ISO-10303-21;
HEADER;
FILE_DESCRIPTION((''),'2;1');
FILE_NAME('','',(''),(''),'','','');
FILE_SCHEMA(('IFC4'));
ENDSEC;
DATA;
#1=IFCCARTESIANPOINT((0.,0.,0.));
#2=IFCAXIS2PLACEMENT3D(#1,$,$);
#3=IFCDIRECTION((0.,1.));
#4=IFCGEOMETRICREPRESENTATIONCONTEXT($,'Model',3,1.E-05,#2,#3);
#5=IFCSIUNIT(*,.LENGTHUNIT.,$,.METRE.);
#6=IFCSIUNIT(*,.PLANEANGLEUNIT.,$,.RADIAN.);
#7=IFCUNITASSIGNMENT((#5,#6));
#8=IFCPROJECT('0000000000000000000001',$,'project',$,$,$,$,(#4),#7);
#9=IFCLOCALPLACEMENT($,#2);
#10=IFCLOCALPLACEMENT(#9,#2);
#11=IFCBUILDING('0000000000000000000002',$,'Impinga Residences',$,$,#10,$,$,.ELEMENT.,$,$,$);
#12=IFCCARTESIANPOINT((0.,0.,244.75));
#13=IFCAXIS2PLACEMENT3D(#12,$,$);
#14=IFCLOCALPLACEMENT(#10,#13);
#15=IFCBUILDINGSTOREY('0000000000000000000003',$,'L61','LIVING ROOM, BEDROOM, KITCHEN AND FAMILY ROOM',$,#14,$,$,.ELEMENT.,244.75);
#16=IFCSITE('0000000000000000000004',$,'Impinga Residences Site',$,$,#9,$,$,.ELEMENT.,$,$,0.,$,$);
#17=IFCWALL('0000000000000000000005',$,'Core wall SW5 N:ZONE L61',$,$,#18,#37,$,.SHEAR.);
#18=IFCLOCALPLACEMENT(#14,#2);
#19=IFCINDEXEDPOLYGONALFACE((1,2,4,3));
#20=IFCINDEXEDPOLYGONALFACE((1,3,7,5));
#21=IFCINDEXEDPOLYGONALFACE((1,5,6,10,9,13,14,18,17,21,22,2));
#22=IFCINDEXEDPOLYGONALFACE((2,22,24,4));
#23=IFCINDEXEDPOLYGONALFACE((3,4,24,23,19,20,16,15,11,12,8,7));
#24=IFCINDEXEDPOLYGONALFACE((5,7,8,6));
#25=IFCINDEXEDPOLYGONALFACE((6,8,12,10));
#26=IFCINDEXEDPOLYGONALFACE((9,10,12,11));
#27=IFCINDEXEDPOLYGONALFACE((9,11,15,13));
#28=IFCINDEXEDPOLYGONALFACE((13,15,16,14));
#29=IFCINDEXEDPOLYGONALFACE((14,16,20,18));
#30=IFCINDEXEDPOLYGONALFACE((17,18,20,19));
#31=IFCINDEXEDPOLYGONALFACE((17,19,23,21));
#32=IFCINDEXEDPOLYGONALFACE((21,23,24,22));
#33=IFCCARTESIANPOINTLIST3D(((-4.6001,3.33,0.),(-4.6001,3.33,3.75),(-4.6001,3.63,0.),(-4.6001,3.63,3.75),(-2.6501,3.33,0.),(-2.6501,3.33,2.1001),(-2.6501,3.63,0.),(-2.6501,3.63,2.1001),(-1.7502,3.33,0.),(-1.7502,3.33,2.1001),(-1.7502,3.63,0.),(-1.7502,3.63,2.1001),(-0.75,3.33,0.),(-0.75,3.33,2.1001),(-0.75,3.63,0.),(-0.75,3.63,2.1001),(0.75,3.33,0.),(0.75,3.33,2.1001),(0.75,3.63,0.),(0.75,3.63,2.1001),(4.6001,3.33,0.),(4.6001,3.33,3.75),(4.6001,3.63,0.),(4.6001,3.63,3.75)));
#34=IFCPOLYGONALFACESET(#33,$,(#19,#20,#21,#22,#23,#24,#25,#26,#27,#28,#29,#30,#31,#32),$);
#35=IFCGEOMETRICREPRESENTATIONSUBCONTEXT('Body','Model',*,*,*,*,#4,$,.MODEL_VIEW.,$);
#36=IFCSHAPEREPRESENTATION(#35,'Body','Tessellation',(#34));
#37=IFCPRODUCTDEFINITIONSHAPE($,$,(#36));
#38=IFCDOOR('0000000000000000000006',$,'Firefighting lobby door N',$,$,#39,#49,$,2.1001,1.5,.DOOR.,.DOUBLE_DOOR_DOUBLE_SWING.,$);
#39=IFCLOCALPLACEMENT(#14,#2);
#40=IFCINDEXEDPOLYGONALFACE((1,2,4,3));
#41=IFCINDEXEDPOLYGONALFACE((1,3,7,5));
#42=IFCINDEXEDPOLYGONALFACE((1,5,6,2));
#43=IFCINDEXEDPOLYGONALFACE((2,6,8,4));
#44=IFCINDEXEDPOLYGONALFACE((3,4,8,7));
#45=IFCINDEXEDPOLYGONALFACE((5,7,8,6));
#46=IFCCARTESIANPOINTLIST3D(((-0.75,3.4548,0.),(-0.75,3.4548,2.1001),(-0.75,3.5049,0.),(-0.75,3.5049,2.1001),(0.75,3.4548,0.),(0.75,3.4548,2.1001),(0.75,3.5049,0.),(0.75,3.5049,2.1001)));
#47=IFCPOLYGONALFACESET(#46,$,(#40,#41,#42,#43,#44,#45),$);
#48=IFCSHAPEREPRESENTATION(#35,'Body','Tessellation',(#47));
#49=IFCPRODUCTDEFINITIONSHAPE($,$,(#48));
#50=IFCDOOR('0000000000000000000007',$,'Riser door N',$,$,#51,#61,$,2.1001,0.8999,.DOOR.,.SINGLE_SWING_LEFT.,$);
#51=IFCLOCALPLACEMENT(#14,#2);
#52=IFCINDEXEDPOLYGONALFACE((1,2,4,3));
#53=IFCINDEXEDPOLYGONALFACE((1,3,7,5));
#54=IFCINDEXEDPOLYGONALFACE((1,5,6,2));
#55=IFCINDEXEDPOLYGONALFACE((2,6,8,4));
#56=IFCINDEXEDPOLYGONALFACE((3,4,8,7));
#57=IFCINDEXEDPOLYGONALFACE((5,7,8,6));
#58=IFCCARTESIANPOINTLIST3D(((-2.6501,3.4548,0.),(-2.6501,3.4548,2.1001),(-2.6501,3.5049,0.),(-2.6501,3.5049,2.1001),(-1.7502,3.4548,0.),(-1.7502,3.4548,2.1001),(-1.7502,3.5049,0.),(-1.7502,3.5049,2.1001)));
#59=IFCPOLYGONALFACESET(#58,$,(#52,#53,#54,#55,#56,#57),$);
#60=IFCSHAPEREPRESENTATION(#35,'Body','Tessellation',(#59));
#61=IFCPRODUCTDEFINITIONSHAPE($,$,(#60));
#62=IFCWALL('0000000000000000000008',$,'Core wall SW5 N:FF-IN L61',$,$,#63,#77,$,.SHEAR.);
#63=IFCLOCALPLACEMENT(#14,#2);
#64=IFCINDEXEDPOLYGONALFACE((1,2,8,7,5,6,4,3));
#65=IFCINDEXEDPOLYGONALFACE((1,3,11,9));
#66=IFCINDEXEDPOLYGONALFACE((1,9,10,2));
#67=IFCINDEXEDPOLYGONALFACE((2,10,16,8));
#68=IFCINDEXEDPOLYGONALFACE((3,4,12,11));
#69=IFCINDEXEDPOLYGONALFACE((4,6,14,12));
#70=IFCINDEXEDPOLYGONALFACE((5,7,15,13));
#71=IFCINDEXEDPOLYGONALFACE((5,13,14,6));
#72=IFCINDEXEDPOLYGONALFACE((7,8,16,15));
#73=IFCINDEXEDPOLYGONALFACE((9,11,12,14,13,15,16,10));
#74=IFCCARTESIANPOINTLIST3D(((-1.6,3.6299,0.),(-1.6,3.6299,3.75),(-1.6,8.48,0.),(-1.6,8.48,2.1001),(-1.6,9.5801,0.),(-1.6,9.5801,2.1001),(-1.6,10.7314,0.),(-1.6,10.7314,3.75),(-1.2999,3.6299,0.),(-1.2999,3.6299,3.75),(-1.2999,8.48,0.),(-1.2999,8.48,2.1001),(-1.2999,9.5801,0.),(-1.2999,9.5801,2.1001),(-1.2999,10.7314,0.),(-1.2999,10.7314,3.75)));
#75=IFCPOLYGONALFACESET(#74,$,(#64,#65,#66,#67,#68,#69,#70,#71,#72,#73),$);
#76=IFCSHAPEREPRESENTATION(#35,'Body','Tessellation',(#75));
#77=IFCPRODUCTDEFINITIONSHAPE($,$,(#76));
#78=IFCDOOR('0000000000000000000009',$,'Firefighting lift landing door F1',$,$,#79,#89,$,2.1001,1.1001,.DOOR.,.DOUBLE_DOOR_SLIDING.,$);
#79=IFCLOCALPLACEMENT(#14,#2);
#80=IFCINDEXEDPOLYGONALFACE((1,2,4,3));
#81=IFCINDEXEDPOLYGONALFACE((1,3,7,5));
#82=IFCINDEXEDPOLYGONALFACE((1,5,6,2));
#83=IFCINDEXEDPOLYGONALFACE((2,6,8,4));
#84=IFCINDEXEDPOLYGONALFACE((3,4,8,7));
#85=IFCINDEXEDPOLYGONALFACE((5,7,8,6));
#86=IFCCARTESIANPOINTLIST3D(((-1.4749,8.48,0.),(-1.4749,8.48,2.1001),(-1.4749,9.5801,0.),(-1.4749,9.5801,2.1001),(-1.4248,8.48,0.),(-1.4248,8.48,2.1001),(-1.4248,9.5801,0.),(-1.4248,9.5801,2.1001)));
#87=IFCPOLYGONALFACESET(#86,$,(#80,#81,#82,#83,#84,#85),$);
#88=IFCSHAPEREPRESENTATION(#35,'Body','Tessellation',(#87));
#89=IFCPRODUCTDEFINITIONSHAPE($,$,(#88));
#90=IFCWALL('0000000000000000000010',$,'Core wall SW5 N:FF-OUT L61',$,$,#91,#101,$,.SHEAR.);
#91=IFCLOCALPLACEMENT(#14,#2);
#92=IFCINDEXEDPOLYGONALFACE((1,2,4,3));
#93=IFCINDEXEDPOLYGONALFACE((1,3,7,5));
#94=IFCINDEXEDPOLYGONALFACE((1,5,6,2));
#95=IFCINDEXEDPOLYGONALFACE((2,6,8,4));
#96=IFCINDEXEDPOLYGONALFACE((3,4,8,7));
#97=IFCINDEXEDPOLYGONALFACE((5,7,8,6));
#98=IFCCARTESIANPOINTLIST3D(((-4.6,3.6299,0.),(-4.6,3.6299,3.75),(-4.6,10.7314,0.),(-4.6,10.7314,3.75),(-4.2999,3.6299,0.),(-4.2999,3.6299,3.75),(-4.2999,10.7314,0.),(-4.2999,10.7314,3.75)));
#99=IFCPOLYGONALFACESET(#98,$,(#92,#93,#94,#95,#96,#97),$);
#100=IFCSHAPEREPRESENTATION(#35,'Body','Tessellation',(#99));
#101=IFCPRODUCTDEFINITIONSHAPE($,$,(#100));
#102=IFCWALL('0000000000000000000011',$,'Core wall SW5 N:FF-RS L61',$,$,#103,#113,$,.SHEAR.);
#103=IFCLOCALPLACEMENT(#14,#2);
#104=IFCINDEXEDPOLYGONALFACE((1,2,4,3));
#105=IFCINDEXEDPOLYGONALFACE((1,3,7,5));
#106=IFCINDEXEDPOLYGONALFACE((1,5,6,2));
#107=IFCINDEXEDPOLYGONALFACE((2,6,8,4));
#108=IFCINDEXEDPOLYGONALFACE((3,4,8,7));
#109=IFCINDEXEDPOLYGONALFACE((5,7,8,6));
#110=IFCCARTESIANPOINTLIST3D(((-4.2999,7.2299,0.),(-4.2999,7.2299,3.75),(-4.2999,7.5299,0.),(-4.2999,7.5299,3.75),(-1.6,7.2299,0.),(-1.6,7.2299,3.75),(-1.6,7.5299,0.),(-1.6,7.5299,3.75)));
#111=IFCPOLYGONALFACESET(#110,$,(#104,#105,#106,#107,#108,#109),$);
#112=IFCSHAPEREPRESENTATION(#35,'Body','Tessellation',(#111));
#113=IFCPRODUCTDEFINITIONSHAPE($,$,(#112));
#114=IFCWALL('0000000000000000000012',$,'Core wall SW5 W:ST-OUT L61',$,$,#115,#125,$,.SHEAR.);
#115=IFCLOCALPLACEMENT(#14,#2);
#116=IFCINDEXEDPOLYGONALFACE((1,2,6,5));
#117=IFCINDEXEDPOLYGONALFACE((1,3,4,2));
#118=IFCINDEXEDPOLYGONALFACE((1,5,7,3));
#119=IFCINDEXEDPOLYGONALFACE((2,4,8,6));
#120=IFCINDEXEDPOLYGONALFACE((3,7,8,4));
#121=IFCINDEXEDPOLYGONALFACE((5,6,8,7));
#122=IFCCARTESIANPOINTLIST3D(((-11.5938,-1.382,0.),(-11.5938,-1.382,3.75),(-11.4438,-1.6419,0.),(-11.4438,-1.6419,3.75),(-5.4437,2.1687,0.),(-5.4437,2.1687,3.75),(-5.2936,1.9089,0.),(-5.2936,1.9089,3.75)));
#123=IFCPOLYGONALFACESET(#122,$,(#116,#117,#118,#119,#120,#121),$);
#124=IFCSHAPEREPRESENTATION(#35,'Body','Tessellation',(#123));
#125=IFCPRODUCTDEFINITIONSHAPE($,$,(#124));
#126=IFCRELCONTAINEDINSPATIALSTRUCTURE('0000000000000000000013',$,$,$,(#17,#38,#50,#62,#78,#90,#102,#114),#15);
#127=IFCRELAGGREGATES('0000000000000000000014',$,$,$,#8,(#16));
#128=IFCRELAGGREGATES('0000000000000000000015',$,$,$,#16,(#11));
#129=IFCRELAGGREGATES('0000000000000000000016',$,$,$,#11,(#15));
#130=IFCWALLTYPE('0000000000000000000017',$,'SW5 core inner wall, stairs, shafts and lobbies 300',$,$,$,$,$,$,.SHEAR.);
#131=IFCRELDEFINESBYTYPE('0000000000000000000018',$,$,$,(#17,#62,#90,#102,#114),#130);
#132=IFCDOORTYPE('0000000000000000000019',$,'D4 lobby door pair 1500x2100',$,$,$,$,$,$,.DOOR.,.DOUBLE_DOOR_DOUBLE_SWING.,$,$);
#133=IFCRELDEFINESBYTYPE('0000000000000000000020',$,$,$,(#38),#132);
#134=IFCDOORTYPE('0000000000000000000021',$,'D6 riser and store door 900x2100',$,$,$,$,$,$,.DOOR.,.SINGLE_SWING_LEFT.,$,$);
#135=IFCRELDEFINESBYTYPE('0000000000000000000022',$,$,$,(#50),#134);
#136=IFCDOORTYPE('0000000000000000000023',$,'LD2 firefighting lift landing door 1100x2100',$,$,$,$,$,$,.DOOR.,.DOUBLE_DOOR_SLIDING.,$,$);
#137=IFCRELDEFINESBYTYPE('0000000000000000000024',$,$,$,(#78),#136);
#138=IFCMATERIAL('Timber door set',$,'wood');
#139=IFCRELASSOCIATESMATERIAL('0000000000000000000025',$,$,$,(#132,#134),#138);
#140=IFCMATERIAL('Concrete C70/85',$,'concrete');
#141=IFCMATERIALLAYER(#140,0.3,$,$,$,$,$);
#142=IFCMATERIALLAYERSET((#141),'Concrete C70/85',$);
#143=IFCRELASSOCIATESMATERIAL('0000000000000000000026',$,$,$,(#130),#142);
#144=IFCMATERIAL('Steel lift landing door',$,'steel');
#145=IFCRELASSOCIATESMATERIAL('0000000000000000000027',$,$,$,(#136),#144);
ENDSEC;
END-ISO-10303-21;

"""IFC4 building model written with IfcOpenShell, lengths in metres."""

from ifc_helpers import new_model, si_unit, direction, frame, frame_2d, origin, place, context, subcontext, project, spatial, rectangle, extrude, material, layer, layer_set, type_object, element, fill, save


model = new_model("IFC4")

# Units and contexts
model_context = context("Model", 3, precision=1e-05, world=origin(), true_north=direction((0.0, 1.0)))
body_context = subcontext(model_context, "Body", "Model", "MODEL_VIEW")
ifc_project = project(units=[si_unit("LENGTHUNIT", "METRE"), si_unit("PLANEANGLEUNIT", "RADIAN")], contexts=[model_context])

# Site, building, storey
site_placement = place(None, origin())
site = spatial("IfcSite", under=ifc_project, at=site_placement, Name="Impinga Residences Site", CompositionType="ELEMENT", RefElevation=0.0)
building_placement = place(site_placement, origin())
building = spatial("IfcBuilding", under=site, at=building_placement, Name="Impinga Residences", CompositionType="ELEMENT")
storey_placement = place(building_placement, frame((0.0, 0.0, 244.75)))
storey = spatial("IfcBuildingStorey", under=building, at=storey_placement, Name="L61", Description="LIVING ROOM, BEDROOM, KITCHEN AND FAMILY ROOM", CompositionType="ELEMENT", Elevation=244.75)

# Shared definitions
ifc_material_1 = material(Name="Timber door set", Category="wood")

# Shared definitions
door_type_1 = type_object("IfcDoorType", Name="D4 lobby door pair 1500x2100", OperationType="DOUBLE_DOOR_DOUBLE_SWING", PredefinedType="DOOR", material=ifc_material_1)

# Wall, openings, doors
ifc_material_2 = material(Name="Concrete C70/85", Category="concrete")
ifc_layer_1 = layer(ifc_material_2, 0.3)
ifc_layer_set_1 = layer_set([ifc_layer_1], Name="Concrete C70/85")
wall_type_1 = type_object("IfcWallType", Name="SW5 core inner wall, stairs, shafts and lobbies 300", PredefinedType="SHEAR", material=ifc_layer_set_1)
wall_1_placement = place(storey_placement, frame((-4.6001, 3.48, 0.0), z_axis=(0.0, 0.0, 1.0), x_axis=(1.0, 0.0, 0.0)))
wall_1 = element("IfcWall", 1, at=wall_1_placement, inside=storey, type_object=wall_type_1, Name="Core wall SW5 N:ZONE L61", PredefinedType="SHEAR", context=body_context, shape_type="SweptSolid", body=[
    extrude(rectangle(XDim=9.2002, YDim=0.3, at=frame_2d((4.6001, 0.0))), origin(), (0.0, 0.0, 1.0), 3.75),
])
opening_1_placement = place(wall_1_placement, frame((3.8501, 0.0, 0.0)))
opening_1 = element("IfcOpeningElement", 2, at=opening_1_placement, cuts=wall_1, PredefinedType="OPENING", context=body_context, shape_type="SweptSolid", body=[
    extrude(rectangle(XDim=1.5, YDim=2.1001, at=frame_2d((0.75, 1.05))), frame((0.0, 0.1599, 0.0), z_axis=(0.0, -1.0, 0.0), x_axis=(1.0, 0.0, 0.0)), (0.0, 0.0, 1.0), 0.3201),
])
opening_2_placement = place(wall_1_placement, frame((1.95, 0.0, 0.0)))
opening_2 = element("IfcOpeningElement", 3, at=opening_2_placement, cuts=wall_1, PredefinedType="OPENING", context=body_context, shape_type="SweptSolid", body=[
    extrude(rectangle(XDim=0.8999, YDim=2.1001, at=frame_2d((0.45, 1.05))), frame((0.0, 0.1599, 0.0), z_axis=(0.0, -1.0, 0.0), x_axis=(1.0, 0.0, 0.0)), (0.0, 0.0, 1.0), 0.3201),
])
door_1_placement = place(opening_1_placement, origin())
door_1 = element("IfcDoor", 4, at=door_1_placement, inside=storey, type_object=door_type_1, Name="Firefighting lobby door N", OperationType="DOUBLE_DOOR_DOUBLE_SWING", OverallHeight=2.1001, OverallWidth=1.5, PredefinedType="DOOR", context=body_context, shape_type="SweptSolid", body=[
    extrude(rectangle(XDim=1.5, YDim=2.1001, at=frame_2d((0.75, 1.05))), frame((0.0, 0.0249, 0.0), z_axis=(0.0, -1.0, 0.0), x_axis=(1.0, 0.0, 0.0)), (0.0, 0.0, 1.0), 0.05),
])
fill(opening_1, door_1)
door_type_2 = type_object("IfcDoorType", Name="D6 riser and store door 900x2100", OperationType="SINGLE_SWING_LEFT", PredefinedType="DOOR", material=ifc_material_1)
door_2_placement = place(opening_2_placement, origin())
door_2 = element("IfcDoor", 5, at=door_2_placement, inside=storey, type_object=door_type_2, Name="Riser door N", OperationType="SINGLE_SWING_LEFT", OverallHeight=2.1001, OverallWidth=0.8999, PredefinedType="DOOR", context=body_context, shape_type="SweptSolid", body=[
    extrude(rectangle(XDim=0.8999, YDim=2.1001, at=frame_2d((0.45, 1.05))), frame((0.0, 0.0249, 0.0), z_axis=(0.0, -1.0, 0.0), x_axis=(1.0, 0.0, 0.0)), (0.0, 0.0, 1.0), 0.05),
])
fill(opening_2, door_2)

# Wall, opening, door
wall_2_placement = place(storey_placement, frame((-1.45, 3.6299, 0.0), z_axis=(0.0, 0.0, 1.0), x_axis=(0.0, 1.0, 0.0)))
wall_2 = element("IfcWall", 6, at=wall_2_placement, inside=storey, type_object=wall_type_1, Name="Core wall SW5 N:FF-IN L61", PredefinedType="SHEAR", context=body_context, shape_type="SweptSolid", body=[
    extrude(rectangle(XDim=7.1016, YDim=0.3, at=frame_2d((3.5508, 0.0))), origin(), (0.0, 0.0, 1.0), 3.75),
])
opening_3_placement = place(wall_2_placement, frame((4.8501, 0.0, 0.0)))
opening_3 = element("IfcOpeningElement", 7, at=opening_3_placement, cuts=wall_2, PredefinedType="OPENING", context=body_context, shape_type="SweptSolid", body=[
    extrude(rectangle(XDim=1.1001, YDim=2.1001, at=frame_2d((0.55, 1.05))), frame((0.0, 0.1599, 0.0), z_axis=(0.0, -1.0, 0.0), x_axis=(1.0, 0.0, 0.0)), (0.0, 0.0, 1.0), 0.3201),
])
ifc_material_3 = material(Name="Steel lift landing door", Category="steel")
door_type_3 = type_object("IfcDoorType", Name="LD2 firefighting lift landing door 1100x2100", OperationType="DOUBLE_DOOR_SLIDING", PredefinedType="DOOR", material=ifc_material_3)
door_3_placement = place(opening_3_placement, origin())
door_3 = element("IfcDoor", 8, at=door_3_placement, inside=storey, type_object=door_type_3, Name="Firefighting lift landing door F1", OperationType="DOUBLE_DOOR_SLIDING", OverallHeight=2.1001, OverallWidth=1.1001, PredefinedType="DOOR", context=body_context, shape_type="SweptSolid", body=[
    extrude(rectangle(XDim=1.1001, YDim=2.1001, at=frame_2d((0.55, 1.05))), frame((0.0, 0.0249, 0.0), z_axis=(0.0, -1.0, 0.0), x_axis=(1.0, 0.0, 0.0)), (0.0, 0.0, 1.0), 0.05),
])
fill(opening_3, door_3)

# Walls
wall_3_placement = place(storey_placement, frame((-4.45, 3.6299, 0.0), z_axis=(0.0, 0.0, 1.0), x_axis=(0.0, 1.0, 0.0)))
element("IfcWall", 9, at=wall_3_placement, inside=storey, type_object=wall_type_1, Name="Core wall SW5 N:FF-OUT L61", PredefinedType="SHEAR", context=body_context, shape_type="SweptSolid", body=[
    extrude(rectangle(XDim=7.1016, YDim=0.3, at=frame_2d((3.5508, 0.0))), origin(), (0.0, 0.0, 1.0), 3.75),
])
wall_4_placement = place(storey_placement, frame((-4.3, 7.3799, 0.0), z_axis=(0.0, 0.0, 1.0), x_axis=(1.0, 0.0, 0.0)))
element("IfcWall", 10, at=wall_4_placement, inside=storey, type_object=wall_type_1, Name="Core wall SW5 N:FF-RS L61", PredefinedType="SHEAR", context=body_context, shape_type="SweptSolid", body=[
    extrude(rectangle(XDim=2.7, YDim=0.3, at=frame_2d((1.3501, 0.0))), origin(), (0.0, 0.0, 1.0), 3.75),
])
wall_5_placement = place(storey_placement, frame((-5.3687, 2.0388, 0.0), z_axis=(0.0, 0.0, 1.0), x_axis=(-0.866026, -0.499999, 0.0)))
element("IfcWall", 11, at=wall_5_placement, inside=storey, type_object=wall_type_1, Name="Core wall SW5 W:ST-OUT L61", PredefinedType="SHEAR", context=body_context, shape_type="SweptSolid", body=[
    extrude(rectangle(XDim=7.1016, YDim=0.3, at=frame_2d((3.5508, 0.0))), origin(), (0.0, 0.0, 1.0), 3.75),
])

save(model, "model.ifc")
